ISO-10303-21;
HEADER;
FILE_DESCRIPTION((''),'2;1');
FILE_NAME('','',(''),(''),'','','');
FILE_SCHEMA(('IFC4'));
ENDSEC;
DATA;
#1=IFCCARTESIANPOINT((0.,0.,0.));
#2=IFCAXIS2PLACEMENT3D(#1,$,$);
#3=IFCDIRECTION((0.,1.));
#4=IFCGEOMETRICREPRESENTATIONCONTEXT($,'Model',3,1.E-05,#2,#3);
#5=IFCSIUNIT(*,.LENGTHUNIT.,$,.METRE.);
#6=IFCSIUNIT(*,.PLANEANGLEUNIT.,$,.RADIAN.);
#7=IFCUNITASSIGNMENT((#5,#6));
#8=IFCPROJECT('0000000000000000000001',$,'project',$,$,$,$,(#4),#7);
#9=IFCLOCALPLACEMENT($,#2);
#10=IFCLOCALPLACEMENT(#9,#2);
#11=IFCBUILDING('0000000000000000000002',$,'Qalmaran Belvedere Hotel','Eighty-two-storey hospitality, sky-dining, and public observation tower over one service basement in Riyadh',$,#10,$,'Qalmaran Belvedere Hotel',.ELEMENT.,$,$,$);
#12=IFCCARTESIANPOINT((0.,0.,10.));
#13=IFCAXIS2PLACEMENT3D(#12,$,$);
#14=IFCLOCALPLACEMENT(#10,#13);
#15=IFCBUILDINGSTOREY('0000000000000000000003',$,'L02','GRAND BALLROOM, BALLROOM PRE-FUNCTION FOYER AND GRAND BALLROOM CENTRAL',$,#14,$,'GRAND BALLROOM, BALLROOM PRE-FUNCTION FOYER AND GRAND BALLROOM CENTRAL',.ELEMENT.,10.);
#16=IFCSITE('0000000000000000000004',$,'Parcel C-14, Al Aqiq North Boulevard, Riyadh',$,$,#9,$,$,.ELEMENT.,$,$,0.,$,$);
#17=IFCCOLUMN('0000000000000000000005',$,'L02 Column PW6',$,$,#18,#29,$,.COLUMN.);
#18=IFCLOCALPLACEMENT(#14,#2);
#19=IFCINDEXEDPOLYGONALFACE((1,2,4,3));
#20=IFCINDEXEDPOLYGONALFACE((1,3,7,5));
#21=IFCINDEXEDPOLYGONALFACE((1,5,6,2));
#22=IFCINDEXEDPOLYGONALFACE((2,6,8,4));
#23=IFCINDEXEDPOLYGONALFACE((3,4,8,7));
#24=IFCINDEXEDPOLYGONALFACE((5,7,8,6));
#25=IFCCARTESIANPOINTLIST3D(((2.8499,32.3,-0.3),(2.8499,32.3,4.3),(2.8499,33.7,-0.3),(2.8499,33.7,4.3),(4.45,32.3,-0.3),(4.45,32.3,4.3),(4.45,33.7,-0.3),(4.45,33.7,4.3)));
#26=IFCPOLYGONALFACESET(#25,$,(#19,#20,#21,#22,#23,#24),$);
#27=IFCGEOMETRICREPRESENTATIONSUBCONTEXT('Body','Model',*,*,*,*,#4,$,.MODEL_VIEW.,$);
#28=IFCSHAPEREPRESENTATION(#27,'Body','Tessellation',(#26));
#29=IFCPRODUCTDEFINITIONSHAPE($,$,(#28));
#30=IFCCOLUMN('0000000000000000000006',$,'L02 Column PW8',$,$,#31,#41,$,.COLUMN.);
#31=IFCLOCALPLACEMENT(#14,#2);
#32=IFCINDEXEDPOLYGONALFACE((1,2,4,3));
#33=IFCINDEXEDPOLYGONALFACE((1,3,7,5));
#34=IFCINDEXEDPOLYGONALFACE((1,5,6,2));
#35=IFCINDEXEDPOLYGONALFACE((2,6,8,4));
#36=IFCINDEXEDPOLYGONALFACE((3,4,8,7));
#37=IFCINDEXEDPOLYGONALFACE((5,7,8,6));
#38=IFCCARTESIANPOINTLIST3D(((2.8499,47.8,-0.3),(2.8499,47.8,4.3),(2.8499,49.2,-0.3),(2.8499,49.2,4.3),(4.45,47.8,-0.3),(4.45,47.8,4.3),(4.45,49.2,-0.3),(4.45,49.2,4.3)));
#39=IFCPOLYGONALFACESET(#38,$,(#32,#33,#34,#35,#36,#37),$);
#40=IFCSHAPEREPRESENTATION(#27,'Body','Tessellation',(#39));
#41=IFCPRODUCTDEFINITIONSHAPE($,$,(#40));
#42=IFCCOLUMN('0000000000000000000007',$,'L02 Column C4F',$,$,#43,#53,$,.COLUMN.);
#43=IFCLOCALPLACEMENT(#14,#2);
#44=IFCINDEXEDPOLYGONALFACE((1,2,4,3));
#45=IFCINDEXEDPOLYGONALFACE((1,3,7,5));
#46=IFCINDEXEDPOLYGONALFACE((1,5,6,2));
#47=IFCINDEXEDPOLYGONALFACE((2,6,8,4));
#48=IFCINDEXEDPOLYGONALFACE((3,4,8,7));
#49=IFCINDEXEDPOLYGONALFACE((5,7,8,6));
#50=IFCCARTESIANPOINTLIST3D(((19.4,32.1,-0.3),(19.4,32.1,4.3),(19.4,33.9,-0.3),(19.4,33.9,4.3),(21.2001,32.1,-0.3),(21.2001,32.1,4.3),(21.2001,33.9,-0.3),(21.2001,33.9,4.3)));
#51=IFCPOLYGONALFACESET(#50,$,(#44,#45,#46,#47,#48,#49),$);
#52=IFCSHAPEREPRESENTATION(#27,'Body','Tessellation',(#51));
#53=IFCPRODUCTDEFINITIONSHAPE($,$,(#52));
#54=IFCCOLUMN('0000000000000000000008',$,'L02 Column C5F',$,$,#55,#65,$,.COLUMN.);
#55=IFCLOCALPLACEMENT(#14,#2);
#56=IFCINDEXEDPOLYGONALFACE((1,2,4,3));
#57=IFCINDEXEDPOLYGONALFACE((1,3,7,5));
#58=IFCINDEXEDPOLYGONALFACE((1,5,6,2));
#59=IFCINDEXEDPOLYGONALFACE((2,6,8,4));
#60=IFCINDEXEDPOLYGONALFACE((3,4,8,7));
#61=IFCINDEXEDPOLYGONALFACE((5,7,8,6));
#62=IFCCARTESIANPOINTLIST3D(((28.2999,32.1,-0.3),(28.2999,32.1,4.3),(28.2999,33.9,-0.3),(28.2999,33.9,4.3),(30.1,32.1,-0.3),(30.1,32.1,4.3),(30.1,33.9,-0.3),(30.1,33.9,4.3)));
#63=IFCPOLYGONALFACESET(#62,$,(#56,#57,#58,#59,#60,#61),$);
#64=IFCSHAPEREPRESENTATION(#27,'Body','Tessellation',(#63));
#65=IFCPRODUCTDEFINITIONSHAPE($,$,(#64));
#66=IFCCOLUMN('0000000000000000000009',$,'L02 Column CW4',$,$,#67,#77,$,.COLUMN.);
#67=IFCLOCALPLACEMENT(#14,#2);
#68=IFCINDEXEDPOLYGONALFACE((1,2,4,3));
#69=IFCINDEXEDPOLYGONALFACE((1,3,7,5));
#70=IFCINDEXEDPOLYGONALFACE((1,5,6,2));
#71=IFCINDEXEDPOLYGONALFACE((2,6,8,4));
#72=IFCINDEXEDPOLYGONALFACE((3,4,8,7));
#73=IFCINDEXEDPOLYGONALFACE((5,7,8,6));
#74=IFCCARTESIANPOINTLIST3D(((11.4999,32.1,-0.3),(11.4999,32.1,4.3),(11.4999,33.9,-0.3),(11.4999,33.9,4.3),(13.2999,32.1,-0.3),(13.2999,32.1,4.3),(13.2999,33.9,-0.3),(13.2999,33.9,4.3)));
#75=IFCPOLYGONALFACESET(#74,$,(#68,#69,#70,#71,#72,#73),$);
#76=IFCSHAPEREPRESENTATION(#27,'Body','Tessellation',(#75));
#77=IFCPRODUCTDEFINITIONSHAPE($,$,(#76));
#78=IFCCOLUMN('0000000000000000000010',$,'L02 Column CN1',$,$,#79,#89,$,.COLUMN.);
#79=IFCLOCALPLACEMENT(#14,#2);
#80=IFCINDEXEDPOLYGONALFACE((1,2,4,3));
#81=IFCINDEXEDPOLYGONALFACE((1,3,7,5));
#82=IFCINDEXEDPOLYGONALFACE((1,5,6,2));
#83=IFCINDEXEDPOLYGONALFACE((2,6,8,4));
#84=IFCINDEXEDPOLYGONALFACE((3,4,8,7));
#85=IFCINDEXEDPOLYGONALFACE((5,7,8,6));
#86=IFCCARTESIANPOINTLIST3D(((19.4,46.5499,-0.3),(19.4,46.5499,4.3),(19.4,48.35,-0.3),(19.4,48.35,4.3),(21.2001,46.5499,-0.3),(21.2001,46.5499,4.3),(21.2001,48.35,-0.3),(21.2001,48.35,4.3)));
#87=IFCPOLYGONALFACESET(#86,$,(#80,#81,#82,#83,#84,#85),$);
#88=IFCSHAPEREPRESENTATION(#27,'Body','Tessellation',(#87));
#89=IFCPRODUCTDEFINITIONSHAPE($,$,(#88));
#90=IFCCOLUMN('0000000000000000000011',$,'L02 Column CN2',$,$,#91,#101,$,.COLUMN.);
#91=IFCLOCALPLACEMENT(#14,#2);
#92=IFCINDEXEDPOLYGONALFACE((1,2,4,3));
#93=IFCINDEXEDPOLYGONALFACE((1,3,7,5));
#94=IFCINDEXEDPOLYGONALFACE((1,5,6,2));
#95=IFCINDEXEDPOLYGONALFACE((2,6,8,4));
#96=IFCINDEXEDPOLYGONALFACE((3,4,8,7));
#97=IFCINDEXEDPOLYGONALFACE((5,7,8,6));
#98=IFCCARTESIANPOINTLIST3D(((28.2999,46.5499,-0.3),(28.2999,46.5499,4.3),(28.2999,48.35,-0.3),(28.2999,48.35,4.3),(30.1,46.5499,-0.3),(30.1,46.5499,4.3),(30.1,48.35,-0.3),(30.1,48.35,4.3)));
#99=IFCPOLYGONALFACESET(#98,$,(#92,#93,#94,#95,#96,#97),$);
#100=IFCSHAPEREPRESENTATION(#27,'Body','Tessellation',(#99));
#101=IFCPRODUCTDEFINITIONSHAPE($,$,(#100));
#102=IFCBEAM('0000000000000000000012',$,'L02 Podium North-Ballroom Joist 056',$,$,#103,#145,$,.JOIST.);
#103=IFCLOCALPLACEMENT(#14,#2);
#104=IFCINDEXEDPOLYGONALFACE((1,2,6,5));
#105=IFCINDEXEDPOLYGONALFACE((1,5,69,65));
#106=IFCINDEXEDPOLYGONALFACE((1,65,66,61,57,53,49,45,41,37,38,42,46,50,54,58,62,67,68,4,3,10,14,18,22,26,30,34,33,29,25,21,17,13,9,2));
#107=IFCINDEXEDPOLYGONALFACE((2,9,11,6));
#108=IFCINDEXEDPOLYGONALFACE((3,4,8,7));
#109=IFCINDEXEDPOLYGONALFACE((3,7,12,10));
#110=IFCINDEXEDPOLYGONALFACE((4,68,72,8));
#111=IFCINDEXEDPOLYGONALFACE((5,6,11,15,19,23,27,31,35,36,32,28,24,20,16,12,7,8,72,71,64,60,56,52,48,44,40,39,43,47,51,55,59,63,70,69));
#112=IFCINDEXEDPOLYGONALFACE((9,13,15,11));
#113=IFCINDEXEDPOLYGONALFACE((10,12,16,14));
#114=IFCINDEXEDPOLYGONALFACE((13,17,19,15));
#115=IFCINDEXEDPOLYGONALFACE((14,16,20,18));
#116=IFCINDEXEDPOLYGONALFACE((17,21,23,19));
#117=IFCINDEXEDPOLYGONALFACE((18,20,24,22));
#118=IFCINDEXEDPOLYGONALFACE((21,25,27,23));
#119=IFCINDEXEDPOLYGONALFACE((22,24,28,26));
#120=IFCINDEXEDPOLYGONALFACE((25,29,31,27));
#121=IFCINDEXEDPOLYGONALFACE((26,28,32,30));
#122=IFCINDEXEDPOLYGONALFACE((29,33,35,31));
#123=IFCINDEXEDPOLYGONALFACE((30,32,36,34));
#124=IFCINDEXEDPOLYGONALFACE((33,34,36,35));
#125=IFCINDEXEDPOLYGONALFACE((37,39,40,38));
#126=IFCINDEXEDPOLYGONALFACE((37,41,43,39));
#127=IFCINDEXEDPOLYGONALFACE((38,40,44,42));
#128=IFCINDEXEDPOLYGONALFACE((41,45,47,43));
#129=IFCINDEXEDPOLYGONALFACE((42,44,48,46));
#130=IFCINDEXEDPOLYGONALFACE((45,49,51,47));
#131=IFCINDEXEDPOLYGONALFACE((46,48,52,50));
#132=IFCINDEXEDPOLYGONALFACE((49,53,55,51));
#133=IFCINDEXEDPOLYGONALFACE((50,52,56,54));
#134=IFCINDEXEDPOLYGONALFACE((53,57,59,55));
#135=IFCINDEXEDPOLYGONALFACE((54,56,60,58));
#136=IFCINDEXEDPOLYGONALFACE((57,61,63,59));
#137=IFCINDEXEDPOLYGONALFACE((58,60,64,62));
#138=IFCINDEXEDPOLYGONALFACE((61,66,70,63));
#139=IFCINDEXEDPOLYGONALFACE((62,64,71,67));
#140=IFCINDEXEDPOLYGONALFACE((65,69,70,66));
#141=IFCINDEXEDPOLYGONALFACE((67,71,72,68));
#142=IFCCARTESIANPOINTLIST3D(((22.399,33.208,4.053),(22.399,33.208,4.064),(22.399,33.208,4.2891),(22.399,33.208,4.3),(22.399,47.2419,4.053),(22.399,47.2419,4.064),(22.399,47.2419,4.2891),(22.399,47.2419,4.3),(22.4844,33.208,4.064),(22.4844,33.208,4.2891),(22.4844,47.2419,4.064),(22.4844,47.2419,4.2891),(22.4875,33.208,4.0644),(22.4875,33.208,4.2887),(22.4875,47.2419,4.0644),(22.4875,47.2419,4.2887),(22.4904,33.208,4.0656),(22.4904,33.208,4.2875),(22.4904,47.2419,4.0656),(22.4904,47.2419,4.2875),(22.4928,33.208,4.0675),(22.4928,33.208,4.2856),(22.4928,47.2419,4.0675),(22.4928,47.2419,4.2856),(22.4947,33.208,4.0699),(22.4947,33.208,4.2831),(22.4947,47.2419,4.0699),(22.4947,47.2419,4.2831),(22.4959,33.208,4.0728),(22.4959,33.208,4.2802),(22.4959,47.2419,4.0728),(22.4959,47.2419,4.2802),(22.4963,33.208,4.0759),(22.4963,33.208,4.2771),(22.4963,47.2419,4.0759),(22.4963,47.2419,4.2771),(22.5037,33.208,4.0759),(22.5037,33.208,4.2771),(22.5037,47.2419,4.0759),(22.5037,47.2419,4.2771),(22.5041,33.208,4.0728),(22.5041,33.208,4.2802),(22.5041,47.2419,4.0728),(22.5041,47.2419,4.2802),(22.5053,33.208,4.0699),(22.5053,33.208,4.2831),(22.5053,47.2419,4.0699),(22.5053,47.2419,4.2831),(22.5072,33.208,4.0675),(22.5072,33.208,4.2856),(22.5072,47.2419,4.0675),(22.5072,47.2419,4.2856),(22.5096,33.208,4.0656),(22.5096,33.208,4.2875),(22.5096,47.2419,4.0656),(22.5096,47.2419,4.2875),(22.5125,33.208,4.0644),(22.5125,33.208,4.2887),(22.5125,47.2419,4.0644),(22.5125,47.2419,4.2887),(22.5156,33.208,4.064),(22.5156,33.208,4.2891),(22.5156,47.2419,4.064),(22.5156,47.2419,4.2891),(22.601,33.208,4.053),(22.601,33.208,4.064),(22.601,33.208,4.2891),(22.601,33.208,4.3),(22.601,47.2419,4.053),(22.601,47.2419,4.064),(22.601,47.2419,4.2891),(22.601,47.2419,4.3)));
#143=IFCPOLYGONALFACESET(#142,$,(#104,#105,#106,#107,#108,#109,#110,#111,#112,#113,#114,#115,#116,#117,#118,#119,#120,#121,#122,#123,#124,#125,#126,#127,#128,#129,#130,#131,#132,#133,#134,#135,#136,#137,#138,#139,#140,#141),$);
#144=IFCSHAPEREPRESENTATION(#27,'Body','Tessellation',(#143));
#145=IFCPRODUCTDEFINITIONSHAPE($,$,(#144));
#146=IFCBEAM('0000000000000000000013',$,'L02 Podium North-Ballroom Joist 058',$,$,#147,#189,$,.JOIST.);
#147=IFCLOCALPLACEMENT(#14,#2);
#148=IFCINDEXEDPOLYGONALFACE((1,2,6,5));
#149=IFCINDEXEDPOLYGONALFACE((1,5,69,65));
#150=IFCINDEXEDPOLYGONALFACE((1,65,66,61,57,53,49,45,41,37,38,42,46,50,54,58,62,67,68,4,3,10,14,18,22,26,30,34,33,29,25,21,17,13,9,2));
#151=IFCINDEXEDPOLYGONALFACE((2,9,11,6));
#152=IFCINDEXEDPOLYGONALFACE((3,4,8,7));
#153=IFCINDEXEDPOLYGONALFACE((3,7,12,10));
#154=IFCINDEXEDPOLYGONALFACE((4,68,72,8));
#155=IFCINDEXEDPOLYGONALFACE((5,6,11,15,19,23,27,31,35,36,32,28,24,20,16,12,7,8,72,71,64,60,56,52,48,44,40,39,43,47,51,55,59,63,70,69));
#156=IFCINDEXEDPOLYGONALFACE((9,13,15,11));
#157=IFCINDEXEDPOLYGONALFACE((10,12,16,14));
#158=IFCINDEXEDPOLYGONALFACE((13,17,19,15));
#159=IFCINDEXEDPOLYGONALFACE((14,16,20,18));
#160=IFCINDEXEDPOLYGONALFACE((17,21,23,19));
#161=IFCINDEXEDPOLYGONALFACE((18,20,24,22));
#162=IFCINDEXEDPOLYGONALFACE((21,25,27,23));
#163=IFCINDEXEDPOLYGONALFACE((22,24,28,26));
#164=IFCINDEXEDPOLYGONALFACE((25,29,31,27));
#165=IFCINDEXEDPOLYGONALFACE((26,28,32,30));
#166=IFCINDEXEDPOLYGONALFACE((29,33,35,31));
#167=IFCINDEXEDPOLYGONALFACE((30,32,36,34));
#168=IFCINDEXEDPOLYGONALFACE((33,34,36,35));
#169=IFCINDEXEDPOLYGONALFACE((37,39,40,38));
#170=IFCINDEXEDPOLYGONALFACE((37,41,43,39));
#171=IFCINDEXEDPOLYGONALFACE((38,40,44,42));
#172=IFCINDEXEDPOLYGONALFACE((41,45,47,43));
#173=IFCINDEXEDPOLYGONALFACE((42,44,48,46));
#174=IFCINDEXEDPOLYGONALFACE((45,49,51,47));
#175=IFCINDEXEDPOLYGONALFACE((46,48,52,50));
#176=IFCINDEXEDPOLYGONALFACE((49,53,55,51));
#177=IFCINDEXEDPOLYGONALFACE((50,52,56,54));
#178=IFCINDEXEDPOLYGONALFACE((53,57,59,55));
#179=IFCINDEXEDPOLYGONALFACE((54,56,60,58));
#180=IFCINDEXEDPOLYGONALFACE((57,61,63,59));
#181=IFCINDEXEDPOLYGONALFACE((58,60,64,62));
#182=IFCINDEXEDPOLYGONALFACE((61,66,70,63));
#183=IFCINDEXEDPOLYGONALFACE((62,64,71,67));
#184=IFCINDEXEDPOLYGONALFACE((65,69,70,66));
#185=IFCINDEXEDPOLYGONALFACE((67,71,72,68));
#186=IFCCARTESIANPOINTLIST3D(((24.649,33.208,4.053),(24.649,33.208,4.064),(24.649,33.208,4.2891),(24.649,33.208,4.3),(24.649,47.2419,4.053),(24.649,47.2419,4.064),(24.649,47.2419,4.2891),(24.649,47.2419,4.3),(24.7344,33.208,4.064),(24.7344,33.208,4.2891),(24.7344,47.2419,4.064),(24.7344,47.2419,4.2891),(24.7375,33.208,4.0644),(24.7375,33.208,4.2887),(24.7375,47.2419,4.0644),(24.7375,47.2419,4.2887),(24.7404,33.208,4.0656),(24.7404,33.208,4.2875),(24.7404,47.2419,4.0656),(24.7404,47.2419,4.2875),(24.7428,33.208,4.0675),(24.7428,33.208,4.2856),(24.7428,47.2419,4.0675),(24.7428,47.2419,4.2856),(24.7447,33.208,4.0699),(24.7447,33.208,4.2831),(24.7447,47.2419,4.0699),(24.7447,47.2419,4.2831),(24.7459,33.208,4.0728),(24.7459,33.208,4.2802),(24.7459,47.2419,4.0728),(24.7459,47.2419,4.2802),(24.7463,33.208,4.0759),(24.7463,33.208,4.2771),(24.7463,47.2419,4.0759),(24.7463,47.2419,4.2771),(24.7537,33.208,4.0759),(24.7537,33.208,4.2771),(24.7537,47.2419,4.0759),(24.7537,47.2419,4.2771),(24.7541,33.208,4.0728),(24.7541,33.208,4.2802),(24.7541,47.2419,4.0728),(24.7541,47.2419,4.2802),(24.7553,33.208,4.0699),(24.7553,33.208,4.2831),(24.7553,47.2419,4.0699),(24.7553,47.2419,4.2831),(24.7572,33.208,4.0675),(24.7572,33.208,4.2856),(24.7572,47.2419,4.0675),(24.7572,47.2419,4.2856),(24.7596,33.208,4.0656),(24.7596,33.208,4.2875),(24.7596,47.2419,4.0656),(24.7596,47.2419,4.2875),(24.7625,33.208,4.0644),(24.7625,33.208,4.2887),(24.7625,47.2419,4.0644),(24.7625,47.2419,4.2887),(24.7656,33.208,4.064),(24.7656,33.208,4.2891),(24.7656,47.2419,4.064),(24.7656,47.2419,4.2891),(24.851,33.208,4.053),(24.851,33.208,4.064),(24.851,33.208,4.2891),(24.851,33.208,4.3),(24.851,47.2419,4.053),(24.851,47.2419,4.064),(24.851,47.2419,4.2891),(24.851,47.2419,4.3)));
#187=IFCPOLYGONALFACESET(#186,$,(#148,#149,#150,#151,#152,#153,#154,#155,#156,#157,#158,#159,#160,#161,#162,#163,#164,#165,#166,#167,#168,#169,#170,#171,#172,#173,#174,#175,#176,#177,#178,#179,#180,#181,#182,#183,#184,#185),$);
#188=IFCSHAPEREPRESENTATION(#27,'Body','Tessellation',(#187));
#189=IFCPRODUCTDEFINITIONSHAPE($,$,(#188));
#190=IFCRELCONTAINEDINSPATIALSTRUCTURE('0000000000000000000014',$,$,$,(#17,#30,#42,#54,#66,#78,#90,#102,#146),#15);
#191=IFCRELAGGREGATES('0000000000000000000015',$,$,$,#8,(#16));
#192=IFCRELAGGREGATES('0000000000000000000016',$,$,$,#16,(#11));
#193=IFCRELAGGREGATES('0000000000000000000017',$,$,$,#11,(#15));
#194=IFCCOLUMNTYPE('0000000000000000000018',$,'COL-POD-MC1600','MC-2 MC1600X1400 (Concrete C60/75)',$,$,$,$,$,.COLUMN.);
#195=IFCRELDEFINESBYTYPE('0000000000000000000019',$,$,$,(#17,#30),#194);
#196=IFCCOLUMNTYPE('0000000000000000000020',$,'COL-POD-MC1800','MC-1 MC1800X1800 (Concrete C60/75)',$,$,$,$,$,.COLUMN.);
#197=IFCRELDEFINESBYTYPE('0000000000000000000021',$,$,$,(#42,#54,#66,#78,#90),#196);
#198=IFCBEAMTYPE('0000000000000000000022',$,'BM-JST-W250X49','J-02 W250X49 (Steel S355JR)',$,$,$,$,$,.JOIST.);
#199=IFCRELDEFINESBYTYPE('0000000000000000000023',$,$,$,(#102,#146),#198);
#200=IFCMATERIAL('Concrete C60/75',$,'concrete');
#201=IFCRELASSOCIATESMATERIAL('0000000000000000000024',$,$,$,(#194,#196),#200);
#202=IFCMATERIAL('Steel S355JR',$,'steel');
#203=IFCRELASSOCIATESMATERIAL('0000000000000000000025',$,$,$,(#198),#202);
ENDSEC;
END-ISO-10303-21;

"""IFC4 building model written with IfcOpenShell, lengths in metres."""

from ifc_helpers import new_model, si_unit, direction, frame, origin, origin_2d, place, context, subcontext, project, spatial, rectangle, i_section, extrude, material, material_profile, profile_set, type_object, element, save


model = new_model("IFC4")

# Units and contexts
model_context = context("Model", 3, precision=1e-05, world=origin(), true_north=direction((0.0, 1.0)))
body_context = subcontext(model_context, "Body", "Model", "MODEL_VIEW")
ifc_project = project(units=[si_unit("LENGTHUNIT", "METRE"), si_unit("PLANEANGLEUNIT", "RADIAN")], contexts=[model_context])

# Site, building, storey
site_placement = place(None, origin())
site = spatial("IfcSite", under=ifc_project, at=site_placement, Name="Parcel C-14, Al Aqiq North Boulevard, Riyadh", CompositionType="ELEMENT", RefElevation=0.0)
building_placement = place(site_placement, origin())
building = spatial("IfcBuilding", under=site, at=building_placement, Name="Qalmaran Belvedere Hotel", Description="Eighty-two-storey hospitality, sky-dining, and public observation tower over one service basement in Riyadh", LongName="Qalmaran Belvedere Hotel", CompositionType="ELEMENT")
storey_placement = place(building_placement, frame((0.0, 0.0, 10.0)))
storey = spatial("IfcBuildingStorey", under=building, at=storey_placement, Name="L02", Description="GRAND BALLROOM, BALLROOM PRE-FUNCTION FOYER AND GRAND BALLROOM CENTRAL", LongName="GRAND BALLROOM, BALLROOM PRE-FUNCTION FOYER AND GRAND BALLROOM CENTRAL", CompositionType="ELEMENT", Elevation=10.0)

# Columns
ifc_material_1 = material(Name="Concrete C60/75", Category="concrete")
ifc_material_profile_1 = material_profile(ifc_material_1, rectangle(XDim=1.6001, YDim=1.3999, at=origin_2d()), Name="MC1600X1400")
ifc_profile_set_1 = profile_set([ifc_material_profile_1], Name="Concrete C60/75")
column_type_1 = type_object("IfcColumnType", Name="COL-POD-MC1600", Description="MC-2 MC1600X1400 (Concrete C60/75)", PredefinedType="COLUMN", material=ifc_profile_set_1)
for number, where, z_axis, x_axis, name in (
    (1, (3.6499, 33.0, -0.3), (0.0, 0.0, 1.0), (1.0, 0.0, 0.0), "L02 Column PW6"),
    (2, (3.6499, 48.5, -0.3), (0.0, 0.0, 1.0), (1.0, 0.0, 0.0), "L02 Column PW8"),
):
    element("IfcColumn", number, at=place(storey_placement, frame(where, z_axis=z_axis, x_axis=x_axis)), inside=storey, type_object=column_type_1, Name=name, PredefinedType="COLUMN", context=body_context, shape_type="SweptSolid", body=[
        extrude(rectangle(XDim=1.6001, YDim=1.3999, at=origin_2d()), origin(), (0.0, 0.0, 1.0), 4.6001),
    ])
ifc_material_profile_2 = material_profile(ifc_material_1, rectangle(XDim=1.8, YDim=1.8, at=origin_2d()), Name="MC1800X1800")
ifc_profile_set_2 = profile_set([ifc_material_profile_2], Name="Concrete C60/75")
column_type_2 = type_object("IfcColumnType", Name="COL-POD-MC1800", Description="MC-1 MC1800X1800 (Concrete C60/75)", PredefinedType="COLUMN", material=ifc_profile_set_2)
for number, where, z_axis, x_axis, name in (
    (3, (20.3, 33.0, -0.3), (0.0, 0.0, 1.0), (1.0, 0.0, 0.0), "L02 Column C4F"),
    (4, (29.2, 33.0, -0.3), (0.0, 0.0, 1.0), (1.0, 0.0, 0.0), "L02 Column C5F"),
    (5, (12.3999, 33.0, -0.3), (0.0, 0.0, 1.0), (1.0, 0.0, 0.0), "L02 Column CW4"),
    (6, (20.3, 47.45, -0.3), (0.0, 0.0, 1.0), (1.0, 0.0, 0.0), "L02 Column CN1"),
    (7, (29.2, 47.45, -0.3), (0.0, 0.0, 1.0), (1.0, 0.0, 0.0), "L02 Column CN2"),
):
    element("IfcColumn", number, at=place(storey_placement, frame(where, z_axis=z_axis, x_axis=x_axis)), inside=storey, type_object=column_type_2, Name=name, PredefinedType="COLUMN", context=body_context, shape_type="SweptSolid", body=[
        extrude(rectangle(XDim=1.8, YDim=1.8, at=origin_2d()), origin(), (0.0, 0.0, 1.0), 4.6001),
    ])

# Beams
ifc_material_2 = material(Name="Steel S355JR", Category="steel")
ifc_material_profile_3 = material_profile(ifc_material_2, i_section(OverallWidth=0.2019, OverallDepth=0.2471, WebThickness=0.0073, FlangeThickness=0.011, FilletRadius=0.012, at=origin_2d()), Name="W250X49")
ifc_profile_set_3 = profile_set([ifc_material_profile_3], Name="Steel S355JR")
beam_type_1 = type_object("IfcBeamType", Name="BM-JST-W250X49", Description="J-02 W250X49 (Steel S355JR)", PredefinedType="JOIST", material=ifc_profile_set_3)
for number, where, z_axis, x_axis, name in (
    (8, (22.5, 33.208, 4.1765), (0.0, 1.0, 0.0), (-1.0, 0.0, 0.0), "L02 Podium North-Ballroom Joist 056"),
    (9, (24.75, 33.208, 4.1765), (0.0, 1.0, 0.0), (-1.0, 0.0, 0.0), "L02 Podium North-Ballroom Joist 058"),
):
    element("IfcBeam", number, at=place(storey_placement, frame(where, z_axis=z_axis, x_axis=x_axis)), inside=storey, type_object=beam_type_1, Name=name, PredefinedType="JOIST", context=body_context, shape_type="SweptSolid", body=[
        extrude(i_section(OverallWidth=0.2019, OverallDepth=0.2471, WebThickness=0.0073, FlangeThickness=0.011, FilletRadius=0.012, at=origin_2d()), origin(), (0.0, 0.0, 1.0), 14.0339),
    ])

save(model, "model.ifc")
